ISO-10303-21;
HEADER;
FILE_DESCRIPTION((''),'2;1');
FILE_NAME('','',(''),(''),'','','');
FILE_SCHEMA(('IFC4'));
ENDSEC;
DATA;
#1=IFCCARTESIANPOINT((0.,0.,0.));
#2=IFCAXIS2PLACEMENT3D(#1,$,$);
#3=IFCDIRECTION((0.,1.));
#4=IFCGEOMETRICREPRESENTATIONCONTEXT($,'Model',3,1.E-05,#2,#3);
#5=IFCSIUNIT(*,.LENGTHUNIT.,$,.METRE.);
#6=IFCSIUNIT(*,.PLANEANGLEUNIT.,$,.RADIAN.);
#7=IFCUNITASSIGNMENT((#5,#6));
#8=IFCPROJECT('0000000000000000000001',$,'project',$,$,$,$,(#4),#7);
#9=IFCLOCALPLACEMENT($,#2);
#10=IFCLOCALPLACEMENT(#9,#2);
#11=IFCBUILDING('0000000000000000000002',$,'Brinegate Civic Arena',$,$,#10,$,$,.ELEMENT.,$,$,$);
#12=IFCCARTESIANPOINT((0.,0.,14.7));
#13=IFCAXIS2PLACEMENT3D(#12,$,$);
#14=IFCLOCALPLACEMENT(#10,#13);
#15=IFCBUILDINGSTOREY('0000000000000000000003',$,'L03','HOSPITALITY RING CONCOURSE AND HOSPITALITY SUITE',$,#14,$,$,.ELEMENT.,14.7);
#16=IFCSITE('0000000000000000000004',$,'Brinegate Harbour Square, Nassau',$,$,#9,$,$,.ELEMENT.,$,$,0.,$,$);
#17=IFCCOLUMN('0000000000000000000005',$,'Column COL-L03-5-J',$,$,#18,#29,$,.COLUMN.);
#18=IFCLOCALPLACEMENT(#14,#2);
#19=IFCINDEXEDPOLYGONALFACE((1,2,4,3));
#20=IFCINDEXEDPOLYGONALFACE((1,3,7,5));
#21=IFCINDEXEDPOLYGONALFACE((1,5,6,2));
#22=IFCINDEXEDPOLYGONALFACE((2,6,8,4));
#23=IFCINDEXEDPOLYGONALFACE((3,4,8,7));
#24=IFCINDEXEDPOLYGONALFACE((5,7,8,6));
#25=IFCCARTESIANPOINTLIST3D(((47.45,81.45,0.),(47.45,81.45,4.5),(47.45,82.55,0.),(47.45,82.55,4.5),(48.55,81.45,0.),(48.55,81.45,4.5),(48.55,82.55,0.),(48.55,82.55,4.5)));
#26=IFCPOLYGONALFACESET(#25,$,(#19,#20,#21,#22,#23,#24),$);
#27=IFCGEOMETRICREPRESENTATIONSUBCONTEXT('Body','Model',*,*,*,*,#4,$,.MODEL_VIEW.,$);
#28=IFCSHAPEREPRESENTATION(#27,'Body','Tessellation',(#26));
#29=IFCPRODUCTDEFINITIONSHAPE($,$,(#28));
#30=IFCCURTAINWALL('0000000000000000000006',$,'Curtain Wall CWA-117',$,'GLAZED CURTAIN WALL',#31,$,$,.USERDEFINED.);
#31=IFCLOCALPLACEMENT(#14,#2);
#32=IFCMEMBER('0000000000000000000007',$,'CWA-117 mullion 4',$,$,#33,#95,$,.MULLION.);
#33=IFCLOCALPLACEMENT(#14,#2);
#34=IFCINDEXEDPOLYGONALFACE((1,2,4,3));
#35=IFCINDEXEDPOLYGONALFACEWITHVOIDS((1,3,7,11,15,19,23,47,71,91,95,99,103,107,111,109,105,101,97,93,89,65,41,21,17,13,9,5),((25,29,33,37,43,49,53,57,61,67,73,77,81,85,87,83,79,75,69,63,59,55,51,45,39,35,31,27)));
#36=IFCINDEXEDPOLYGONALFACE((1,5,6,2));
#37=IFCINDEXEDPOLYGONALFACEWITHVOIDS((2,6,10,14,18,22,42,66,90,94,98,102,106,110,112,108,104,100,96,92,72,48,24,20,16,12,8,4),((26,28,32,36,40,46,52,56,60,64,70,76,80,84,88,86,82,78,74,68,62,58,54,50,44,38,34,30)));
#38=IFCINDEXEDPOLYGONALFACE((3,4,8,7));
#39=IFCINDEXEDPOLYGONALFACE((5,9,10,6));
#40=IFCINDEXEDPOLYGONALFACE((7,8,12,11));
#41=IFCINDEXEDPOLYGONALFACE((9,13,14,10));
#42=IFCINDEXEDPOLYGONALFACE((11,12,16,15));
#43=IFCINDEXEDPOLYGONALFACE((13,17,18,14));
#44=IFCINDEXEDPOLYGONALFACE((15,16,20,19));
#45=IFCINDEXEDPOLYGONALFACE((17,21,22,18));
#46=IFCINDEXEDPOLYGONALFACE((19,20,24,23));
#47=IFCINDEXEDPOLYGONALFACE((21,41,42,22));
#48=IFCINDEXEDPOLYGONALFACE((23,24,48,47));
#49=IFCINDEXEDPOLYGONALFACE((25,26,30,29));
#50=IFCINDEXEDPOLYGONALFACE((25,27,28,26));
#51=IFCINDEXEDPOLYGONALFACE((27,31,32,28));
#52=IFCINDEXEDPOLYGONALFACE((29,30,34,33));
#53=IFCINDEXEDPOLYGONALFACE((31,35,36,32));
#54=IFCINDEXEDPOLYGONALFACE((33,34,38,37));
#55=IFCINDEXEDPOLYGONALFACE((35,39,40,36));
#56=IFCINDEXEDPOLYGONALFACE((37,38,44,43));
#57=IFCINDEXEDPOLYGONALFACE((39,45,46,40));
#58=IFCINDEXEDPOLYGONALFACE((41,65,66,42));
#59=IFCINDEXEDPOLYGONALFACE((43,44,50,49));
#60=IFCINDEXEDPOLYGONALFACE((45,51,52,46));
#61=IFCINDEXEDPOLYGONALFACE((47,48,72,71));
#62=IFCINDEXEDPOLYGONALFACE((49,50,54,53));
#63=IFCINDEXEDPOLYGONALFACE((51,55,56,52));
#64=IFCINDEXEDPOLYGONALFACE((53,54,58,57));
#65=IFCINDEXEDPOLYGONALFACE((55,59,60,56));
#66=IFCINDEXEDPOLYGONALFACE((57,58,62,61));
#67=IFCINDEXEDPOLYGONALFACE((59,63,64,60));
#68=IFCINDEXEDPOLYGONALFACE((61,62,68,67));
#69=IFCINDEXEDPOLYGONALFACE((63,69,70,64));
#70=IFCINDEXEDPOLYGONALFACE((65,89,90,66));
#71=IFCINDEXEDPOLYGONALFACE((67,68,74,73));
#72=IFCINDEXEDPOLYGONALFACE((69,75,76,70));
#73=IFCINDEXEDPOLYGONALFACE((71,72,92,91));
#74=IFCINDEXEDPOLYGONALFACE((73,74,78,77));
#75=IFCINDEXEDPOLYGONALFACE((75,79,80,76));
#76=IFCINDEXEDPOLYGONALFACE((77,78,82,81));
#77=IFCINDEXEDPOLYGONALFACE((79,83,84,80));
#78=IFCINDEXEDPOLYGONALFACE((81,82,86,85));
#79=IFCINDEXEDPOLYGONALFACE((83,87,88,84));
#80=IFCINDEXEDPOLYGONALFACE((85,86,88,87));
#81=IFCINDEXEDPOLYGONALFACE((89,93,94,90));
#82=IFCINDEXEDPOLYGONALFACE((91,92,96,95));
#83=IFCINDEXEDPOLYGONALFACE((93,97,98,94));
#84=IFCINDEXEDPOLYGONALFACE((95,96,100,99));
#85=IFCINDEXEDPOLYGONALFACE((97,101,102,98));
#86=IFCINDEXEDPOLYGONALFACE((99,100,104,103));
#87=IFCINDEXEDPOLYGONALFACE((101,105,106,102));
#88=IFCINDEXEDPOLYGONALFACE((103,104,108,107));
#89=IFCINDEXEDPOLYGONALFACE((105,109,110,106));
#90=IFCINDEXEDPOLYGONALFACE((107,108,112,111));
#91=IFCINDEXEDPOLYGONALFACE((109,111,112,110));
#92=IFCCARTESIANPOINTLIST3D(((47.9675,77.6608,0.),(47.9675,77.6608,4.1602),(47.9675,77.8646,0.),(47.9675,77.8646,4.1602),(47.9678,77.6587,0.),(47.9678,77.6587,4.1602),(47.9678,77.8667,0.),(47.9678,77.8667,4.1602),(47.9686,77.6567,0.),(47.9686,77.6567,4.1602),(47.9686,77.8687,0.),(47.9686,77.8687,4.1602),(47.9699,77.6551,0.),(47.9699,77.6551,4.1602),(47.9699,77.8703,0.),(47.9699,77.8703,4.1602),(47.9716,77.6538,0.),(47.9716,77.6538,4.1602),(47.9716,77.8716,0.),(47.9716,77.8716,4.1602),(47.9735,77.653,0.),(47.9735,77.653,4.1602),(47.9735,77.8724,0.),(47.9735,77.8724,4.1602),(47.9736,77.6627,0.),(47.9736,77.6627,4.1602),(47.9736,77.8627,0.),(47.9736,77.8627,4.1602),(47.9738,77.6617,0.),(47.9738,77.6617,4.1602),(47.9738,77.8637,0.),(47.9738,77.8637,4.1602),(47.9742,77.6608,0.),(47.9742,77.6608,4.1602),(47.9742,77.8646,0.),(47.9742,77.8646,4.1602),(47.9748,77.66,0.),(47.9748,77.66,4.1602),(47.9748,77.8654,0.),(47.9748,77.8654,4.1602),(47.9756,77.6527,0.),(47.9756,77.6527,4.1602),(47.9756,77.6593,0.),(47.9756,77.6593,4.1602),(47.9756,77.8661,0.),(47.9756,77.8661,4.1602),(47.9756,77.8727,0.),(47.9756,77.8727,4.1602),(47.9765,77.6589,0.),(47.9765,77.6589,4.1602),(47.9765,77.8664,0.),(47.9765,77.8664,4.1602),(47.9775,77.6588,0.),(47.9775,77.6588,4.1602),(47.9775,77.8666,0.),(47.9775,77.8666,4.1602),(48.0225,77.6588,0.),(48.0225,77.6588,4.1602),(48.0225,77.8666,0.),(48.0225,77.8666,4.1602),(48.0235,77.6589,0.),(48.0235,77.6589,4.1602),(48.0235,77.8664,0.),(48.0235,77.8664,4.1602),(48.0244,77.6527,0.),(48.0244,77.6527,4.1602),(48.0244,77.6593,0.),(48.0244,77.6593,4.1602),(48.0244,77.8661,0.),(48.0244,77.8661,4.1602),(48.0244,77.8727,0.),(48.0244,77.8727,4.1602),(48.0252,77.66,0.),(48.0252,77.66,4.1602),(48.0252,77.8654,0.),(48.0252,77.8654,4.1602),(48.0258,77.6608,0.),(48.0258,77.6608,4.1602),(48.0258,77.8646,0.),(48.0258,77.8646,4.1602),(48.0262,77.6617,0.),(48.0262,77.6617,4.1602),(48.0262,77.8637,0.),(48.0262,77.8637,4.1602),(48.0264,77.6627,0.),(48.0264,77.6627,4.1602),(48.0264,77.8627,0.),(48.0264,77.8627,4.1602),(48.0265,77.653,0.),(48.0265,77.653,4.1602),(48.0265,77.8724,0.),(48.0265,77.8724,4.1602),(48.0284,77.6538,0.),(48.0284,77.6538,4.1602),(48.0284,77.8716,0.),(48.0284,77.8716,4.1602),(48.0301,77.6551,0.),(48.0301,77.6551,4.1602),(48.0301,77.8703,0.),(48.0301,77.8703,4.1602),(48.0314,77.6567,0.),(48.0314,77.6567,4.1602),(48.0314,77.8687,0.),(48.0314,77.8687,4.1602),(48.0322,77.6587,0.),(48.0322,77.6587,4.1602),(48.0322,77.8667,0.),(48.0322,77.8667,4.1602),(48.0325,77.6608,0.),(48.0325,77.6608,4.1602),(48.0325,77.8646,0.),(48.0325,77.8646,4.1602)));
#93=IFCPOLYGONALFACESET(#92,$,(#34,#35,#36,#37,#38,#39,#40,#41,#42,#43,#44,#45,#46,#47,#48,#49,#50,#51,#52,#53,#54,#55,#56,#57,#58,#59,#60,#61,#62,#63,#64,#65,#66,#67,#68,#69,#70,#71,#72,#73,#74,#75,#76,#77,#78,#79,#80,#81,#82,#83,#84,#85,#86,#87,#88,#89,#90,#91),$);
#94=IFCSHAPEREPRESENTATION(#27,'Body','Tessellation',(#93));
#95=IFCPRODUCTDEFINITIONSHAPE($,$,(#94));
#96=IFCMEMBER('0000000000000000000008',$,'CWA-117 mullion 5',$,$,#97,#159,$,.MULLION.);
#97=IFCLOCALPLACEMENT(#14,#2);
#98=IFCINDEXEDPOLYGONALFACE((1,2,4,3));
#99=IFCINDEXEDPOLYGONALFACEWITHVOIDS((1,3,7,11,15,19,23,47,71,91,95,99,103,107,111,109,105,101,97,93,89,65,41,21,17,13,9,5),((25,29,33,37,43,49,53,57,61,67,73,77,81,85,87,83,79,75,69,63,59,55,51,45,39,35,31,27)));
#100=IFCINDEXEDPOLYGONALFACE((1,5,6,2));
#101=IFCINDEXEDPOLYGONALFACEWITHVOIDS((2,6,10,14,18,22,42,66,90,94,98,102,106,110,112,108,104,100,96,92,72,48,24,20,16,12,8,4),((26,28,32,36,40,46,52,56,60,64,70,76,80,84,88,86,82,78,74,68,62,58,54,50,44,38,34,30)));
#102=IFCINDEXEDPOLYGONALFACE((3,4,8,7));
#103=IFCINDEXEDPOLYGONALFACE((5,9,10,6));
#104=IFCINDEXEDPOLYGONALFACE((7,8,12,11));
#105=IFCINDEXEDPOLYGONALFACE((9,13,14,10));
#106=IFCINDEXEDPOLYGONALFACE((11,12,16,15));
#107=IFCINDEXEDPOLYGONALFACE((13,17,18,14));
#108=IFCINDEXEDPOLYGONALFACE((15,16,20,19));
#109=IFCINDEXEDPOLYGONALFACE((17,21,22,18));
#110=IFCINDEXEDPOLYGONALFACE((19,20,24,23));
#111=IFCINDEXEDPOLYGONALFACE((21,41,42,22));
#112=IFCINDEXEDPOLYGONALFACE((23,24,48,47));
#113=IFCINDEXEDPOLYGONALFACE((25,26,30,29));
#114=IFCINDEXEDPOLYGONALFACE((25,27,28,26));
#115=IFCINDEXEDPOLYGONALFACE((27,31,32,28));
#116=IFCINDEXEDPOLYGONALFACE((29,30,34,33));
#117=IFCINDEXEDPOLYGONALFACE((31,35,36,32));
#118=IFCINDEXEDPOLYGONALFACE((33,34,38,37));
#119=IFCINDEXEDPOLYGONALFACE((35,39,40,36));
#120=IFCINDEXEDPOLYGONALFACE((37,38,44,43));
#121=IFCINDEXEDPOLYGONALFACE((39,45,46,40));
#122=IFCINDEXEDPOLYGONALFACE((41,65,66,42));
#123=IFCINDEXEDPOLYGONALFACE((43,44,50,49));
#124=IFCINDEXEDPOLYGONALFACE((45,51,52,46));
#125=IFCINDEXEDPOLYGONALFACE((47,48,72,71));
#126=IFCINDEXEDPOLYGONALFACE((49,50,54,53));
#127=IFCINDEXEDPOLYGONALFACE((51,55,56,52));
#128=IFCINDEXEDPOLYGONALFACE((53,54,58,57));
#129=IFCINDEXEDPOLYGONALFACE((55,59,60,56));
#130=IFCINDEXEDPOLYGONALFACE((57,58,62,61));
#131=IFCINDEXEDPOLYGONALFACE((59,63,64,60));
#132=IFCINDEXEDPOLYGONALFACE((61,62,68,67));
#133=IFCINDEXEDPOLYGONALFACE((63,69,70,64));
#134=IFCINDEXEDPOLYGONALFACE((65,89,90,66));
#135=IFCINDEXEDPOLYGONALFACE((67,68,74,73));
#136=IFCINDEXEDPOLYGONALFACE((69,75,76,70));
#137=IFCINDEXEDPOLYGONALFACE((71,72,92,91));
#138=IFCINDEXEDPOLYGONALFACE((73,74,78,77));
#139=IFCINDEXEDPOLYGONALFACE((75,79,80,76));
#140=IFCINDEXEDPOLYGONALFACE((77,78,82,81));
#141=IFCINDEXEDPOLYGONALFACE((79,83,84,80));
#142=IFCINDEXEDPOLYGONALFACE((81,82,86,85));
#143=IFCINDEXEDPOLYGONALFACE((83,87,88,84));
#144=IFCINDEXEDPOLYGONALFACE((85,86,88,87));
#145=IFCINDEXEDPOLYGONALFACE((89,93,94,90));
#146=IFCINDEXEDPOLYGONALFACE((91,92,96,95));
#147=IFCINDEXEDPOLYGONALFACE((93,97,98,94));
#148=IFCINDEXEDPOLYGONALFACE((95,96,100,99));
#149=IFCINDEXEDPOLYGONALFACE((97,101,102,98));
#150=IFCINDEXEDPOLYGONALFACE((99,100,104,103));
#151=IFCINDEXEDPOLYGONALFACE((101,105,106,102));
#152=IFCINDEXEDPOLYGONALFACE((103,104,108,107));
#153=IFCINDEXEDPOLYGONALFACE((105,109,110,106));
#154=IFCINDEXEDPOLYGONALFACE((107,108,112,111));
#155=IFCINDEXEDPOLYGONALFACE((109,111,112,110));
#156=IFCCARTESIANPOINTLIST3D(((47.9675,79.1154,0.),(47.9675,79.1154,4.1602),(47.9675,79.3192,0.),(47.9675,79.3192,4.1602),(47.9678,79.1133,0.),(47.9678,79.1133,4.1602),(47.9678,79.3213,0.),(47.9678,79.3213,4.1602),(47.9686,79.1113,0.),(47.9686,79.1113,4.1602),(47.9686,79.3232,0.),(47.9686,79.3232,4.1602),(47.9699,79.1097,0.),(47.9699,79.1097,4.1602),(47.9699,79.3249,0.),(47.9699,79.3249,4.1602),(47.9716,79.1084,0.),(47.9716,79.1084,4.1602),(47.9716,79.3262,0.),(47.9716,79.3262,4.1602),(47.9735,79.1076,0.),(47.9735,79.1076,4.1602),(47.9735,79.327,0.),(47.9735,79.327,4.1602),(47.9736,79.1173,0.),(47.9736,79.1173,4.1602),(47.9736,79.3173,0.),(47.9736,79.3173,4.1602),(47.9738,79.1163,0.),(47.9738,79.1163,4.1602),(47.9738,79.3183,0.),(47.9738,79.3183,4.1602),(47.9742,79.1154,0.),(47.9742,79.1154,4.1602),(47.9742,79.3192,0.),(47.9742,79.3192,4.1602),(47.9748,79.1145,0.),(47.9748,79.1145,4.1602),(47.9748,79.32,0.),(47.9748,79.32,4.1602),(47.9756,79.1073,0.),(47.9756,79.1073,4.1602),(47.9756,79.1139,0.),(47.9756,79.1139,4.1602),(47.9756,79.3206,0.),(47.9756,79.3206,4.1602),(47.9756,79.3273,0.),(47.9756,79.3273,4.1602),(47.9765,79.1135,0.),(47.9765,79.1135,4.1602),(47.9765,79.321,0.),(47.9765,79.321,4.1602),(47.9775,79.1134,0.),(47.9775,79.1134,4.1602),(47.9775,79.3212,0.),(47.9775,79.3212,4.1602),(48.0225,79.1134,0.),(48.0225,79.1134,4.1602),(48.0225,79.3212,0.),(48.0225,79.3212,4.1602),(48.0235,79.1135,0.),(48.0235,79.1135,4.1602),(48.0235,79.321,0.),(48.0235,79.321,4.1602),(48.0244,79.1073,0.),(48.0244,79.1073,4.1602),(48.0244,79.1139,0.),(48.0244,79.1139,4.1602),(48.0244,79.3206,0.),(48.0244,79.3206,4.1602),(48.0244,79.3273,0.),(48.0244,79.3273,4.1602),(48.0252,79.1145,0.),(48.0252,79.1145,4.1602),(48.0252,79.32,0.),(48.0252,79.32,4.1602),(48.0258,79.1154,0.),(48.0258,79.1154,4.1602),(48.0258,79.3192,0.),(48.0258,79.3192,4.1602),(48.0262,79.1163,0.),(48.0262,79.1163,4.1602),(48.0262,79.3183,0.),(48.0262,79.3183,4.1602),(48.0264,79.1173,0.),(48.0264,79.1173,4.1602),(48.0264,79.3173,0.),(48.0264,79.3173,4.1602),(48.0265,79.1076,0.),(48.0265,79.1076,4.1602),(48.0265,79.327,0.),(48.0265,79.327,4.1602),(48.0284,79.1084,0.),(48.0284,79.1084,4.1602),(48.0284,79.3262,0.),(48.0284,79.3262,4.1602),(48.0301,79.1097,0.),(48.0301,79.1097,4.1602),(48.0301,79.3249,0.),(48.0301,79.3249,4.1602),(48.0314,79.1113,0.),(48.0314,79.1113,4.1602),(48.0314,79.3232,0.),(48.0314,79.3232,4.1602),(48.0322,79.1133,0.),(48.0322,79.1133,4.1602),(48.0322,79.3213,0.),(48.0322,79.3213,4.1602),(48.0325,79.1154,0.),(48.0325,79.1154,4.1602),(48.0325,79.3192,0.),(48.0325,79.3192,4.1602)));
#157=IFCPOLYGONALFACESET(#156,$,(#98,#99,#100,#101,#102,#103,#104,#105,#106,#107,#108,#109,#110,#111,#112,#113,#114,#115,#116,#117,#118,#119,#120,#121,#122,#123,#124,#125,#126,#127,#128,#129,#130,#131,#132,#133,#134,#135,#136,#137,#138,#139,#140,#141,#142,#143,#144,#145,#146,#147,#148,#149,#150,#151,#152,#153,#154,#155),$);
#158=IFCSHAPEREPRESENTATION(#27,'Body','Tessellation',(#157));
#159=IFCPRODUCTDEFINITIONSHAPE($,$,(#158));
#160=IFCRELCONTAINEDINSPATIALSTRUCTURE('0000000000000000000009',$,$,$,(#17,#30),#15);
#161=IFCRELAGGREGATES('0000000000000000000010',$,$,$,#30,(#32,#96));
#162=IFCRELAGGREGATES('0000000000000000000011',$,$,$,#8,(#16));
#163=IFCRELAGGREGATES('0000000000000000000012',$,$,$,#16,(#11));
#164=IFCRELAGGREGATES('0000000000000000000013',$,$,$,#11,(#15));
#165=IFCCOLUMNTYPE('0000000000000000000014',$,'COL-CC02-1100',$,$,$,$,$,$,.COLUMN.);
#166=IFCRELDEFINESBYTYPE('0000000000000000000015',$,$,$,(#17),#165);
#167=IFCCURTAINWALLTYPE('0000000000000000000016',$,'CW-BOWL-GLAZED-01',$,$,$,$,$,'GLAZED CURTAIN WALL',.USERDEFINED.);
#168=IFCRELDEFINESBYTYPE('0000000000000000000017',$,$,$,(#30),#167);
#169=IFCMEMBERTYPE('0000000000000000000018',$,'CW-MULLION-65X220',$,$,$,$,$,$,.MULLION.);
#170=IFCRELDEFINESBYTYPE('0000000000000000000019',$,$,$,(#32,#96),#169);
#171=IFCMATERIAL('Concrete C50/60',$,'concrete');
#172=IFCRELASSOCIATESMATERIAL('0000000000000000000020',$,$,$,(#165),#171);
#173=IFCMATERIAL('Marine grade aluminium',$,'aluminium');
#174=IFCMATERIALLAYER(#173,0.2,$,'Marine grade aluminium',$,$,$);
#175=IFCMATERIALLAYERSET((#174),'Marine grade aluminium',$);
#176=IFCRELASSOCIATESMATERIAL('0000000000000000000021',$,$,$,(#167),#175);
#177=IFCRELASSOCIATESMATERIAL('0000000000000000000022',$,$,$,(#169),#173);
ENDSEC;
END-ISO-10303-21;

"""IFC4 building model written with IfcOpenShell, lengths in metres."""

from ifc_helpers import new_model, si_unit, direction, frame, origin, origin_2d, place, context, subcontext, project, spatial, rectangle, hollow_rectangle, extrude, material, layer, layer_set, material_profile, profile_set, type_object, element, aggregate, save


model = new_model("IFC4")

# Units and contexts
model_context = context("Model", 3, precision=1e-05, world=origin(), true_north=direction((0.0, 1.0)))
body_context = subcontext(model_context, "Body", "Model", "MODEL_VIEW")
ifc_project = project(units=[si_unit("LENGTHUNIT", "METRE"), si_unit("PLANEANGLEUNIT", "RADIAN")], contexts=[model_context])

# Site, building, storey
site_placement = place(None, origin())
site = spatial("IfcSite", under=ifc_project, at=site_placement, Name="Brinegate Harbour Square, Nassau", CompositionType="ELEMENT", RefElevation=0.0)
building_placement = place(site_placement, origin())
building = spatial("IfcBuilding", under=site, at=building_placement, Name="Brinegate Civic Arena", CompositionType="ELEMENT")
storey_placement = place(building_placement, frame((0.0, 0.0, 14.7)))
storey = spatial("IfcBuildingStorey", under=building, at=storey_placement, Name="L03", Description="HOSPITALITY RING CONCOURSE AND HOSPITALITY SUITE", CompositionType="ELEMENT", Elevation=14.7)

# Column
ifc_material_1 = material(Name="Concrete C50/60", Category="concrete")
ifc_material_profile_1 = material_profile(ifc_material_1, rectangle(XDim=1.1001, YDim=1.1001, at=origin_2d()), Name="RC1100X1100")
ifc_profile_set_1 = profile_set([ifc_material_profile_1], Name="Concrete C50/60")
column_type = type_object("IfcColumnType", Name="COL-CC02-1100", PredefinedType="COLUMN", material=ifc_profile_set_1)
column_placement = place(storey_placement, frame((48.0, 82.0, 0.0), z_axis=(0.0, 0.0, 1.0), x_axis=(1.0, 0.0, 0.0)))
element("IfcColumn", 1, at=column_placement, inside=storey, type_object=column_type, Name="Column COL-L03-5-J", PredefinedType="COLUMN", context=body_context, shape_type="SweptSolid", body=[
    extrude(rectangle(XDim=1.1001, YDim=1.1001, at=origin_2d()), origin(), (0.0, 0.0, 1.0), 4.5),
])

# Curtain wall, members
ifc_material_2 = material(Name="Marine grade aluminium", Category="aluminium")
ifc_layer_1 = layer(ifc_material_2, 0.2, Name="Marine grade aluminium")
ifc_layer_set_1 = layer_set([ifc_layer_1], Name="Marine grade aluminium")
curtain_wall_type = type_object("IfcCurtainWallType", Name="CW-BOWL-GLAZED-01", ElementType="GLAZED CURTAIN WALL", PredefinedType="USERDEFINED", material=ifc_layer_set_1)
curtain_wall_1_placement = place(storey_placement, origin())
curtain_wall_1 = element("IfcCurtainWall", 2, at=curtain_wall_1_placement, inside=storey, type_object=curtain_wall_type, Name="Curtain Wall CWA-117", ObjectType="GLAZED CURTAIN WALL", PredefinedType="USERDEFINED")
ifc_material_profile_2 = material_profile(ifc_material_2, hollow_rectangle(XDim=0.0649, YDim=0.22, WallThickness=0.0061, InnerFilletRadius=0.0039, OuterFilletRadius=0.0081, at=origin_2d()), Name="MUL65X220")
ifc_profile_set_2 = profile_set([ifc_material_profile_2], Name="Marine grade aluminium")
member_type_1 = type_object("IfcMemberType", Name="CW-MULLION-65X220", PredefinedType="MULLION", material=ifc_profile_set_2)
member_1_placement = place(storey_placement, frame((48.0, 77.7627, 0.0), z_axis=(0.0, 0.0, 1.0), x_axis=(-1.0, 0.0, 0.0)))
member_1 = element("IfcMember", 3, at=member_1_placement, type_object=member_type_1, Name="CWA-117 mullion 4", PredefinedType="MULLION", context=body_context, shape_type="SweptSolid", body=[
    extrude(hollow_rectangle(XDim=0.0649, YDim=0.22, WallThickness=0.0061, InnerFilletRadius=0.0039, OuterFilletRadius=0.0081, at=origin_2d()), origin(), (0.0, 0.0, 1.0), 4.1602),
])
member_2_placement = place(storey_placement, frame((48.0, 79.2173, 0.0), z_axis=(0.0, 0.0, 1.0), x_axis=(-1.0, 0.0, 0.0)))
member_2 = element("IfcMember", 4, at=member_2_placement, type_object=member_type_1, Name="CWA-117 mullion 5", PredefinedType="MULLION", context=body_context, shape_type="SweptSolid", body=[
    extrude(hollow_rectangle(XDim=0.0649, YDim=0.22, WallThickness=0.0061, InnerFilletRadius=0.0039, OuterFilletRadius=0.0081, at=origin_2d()), origin(), (0.0, 0.0, 1.0), 4.1602),
])

aggregate(curtain_wall_1, [member_1, member_2])

save(model, "model.ifc")
